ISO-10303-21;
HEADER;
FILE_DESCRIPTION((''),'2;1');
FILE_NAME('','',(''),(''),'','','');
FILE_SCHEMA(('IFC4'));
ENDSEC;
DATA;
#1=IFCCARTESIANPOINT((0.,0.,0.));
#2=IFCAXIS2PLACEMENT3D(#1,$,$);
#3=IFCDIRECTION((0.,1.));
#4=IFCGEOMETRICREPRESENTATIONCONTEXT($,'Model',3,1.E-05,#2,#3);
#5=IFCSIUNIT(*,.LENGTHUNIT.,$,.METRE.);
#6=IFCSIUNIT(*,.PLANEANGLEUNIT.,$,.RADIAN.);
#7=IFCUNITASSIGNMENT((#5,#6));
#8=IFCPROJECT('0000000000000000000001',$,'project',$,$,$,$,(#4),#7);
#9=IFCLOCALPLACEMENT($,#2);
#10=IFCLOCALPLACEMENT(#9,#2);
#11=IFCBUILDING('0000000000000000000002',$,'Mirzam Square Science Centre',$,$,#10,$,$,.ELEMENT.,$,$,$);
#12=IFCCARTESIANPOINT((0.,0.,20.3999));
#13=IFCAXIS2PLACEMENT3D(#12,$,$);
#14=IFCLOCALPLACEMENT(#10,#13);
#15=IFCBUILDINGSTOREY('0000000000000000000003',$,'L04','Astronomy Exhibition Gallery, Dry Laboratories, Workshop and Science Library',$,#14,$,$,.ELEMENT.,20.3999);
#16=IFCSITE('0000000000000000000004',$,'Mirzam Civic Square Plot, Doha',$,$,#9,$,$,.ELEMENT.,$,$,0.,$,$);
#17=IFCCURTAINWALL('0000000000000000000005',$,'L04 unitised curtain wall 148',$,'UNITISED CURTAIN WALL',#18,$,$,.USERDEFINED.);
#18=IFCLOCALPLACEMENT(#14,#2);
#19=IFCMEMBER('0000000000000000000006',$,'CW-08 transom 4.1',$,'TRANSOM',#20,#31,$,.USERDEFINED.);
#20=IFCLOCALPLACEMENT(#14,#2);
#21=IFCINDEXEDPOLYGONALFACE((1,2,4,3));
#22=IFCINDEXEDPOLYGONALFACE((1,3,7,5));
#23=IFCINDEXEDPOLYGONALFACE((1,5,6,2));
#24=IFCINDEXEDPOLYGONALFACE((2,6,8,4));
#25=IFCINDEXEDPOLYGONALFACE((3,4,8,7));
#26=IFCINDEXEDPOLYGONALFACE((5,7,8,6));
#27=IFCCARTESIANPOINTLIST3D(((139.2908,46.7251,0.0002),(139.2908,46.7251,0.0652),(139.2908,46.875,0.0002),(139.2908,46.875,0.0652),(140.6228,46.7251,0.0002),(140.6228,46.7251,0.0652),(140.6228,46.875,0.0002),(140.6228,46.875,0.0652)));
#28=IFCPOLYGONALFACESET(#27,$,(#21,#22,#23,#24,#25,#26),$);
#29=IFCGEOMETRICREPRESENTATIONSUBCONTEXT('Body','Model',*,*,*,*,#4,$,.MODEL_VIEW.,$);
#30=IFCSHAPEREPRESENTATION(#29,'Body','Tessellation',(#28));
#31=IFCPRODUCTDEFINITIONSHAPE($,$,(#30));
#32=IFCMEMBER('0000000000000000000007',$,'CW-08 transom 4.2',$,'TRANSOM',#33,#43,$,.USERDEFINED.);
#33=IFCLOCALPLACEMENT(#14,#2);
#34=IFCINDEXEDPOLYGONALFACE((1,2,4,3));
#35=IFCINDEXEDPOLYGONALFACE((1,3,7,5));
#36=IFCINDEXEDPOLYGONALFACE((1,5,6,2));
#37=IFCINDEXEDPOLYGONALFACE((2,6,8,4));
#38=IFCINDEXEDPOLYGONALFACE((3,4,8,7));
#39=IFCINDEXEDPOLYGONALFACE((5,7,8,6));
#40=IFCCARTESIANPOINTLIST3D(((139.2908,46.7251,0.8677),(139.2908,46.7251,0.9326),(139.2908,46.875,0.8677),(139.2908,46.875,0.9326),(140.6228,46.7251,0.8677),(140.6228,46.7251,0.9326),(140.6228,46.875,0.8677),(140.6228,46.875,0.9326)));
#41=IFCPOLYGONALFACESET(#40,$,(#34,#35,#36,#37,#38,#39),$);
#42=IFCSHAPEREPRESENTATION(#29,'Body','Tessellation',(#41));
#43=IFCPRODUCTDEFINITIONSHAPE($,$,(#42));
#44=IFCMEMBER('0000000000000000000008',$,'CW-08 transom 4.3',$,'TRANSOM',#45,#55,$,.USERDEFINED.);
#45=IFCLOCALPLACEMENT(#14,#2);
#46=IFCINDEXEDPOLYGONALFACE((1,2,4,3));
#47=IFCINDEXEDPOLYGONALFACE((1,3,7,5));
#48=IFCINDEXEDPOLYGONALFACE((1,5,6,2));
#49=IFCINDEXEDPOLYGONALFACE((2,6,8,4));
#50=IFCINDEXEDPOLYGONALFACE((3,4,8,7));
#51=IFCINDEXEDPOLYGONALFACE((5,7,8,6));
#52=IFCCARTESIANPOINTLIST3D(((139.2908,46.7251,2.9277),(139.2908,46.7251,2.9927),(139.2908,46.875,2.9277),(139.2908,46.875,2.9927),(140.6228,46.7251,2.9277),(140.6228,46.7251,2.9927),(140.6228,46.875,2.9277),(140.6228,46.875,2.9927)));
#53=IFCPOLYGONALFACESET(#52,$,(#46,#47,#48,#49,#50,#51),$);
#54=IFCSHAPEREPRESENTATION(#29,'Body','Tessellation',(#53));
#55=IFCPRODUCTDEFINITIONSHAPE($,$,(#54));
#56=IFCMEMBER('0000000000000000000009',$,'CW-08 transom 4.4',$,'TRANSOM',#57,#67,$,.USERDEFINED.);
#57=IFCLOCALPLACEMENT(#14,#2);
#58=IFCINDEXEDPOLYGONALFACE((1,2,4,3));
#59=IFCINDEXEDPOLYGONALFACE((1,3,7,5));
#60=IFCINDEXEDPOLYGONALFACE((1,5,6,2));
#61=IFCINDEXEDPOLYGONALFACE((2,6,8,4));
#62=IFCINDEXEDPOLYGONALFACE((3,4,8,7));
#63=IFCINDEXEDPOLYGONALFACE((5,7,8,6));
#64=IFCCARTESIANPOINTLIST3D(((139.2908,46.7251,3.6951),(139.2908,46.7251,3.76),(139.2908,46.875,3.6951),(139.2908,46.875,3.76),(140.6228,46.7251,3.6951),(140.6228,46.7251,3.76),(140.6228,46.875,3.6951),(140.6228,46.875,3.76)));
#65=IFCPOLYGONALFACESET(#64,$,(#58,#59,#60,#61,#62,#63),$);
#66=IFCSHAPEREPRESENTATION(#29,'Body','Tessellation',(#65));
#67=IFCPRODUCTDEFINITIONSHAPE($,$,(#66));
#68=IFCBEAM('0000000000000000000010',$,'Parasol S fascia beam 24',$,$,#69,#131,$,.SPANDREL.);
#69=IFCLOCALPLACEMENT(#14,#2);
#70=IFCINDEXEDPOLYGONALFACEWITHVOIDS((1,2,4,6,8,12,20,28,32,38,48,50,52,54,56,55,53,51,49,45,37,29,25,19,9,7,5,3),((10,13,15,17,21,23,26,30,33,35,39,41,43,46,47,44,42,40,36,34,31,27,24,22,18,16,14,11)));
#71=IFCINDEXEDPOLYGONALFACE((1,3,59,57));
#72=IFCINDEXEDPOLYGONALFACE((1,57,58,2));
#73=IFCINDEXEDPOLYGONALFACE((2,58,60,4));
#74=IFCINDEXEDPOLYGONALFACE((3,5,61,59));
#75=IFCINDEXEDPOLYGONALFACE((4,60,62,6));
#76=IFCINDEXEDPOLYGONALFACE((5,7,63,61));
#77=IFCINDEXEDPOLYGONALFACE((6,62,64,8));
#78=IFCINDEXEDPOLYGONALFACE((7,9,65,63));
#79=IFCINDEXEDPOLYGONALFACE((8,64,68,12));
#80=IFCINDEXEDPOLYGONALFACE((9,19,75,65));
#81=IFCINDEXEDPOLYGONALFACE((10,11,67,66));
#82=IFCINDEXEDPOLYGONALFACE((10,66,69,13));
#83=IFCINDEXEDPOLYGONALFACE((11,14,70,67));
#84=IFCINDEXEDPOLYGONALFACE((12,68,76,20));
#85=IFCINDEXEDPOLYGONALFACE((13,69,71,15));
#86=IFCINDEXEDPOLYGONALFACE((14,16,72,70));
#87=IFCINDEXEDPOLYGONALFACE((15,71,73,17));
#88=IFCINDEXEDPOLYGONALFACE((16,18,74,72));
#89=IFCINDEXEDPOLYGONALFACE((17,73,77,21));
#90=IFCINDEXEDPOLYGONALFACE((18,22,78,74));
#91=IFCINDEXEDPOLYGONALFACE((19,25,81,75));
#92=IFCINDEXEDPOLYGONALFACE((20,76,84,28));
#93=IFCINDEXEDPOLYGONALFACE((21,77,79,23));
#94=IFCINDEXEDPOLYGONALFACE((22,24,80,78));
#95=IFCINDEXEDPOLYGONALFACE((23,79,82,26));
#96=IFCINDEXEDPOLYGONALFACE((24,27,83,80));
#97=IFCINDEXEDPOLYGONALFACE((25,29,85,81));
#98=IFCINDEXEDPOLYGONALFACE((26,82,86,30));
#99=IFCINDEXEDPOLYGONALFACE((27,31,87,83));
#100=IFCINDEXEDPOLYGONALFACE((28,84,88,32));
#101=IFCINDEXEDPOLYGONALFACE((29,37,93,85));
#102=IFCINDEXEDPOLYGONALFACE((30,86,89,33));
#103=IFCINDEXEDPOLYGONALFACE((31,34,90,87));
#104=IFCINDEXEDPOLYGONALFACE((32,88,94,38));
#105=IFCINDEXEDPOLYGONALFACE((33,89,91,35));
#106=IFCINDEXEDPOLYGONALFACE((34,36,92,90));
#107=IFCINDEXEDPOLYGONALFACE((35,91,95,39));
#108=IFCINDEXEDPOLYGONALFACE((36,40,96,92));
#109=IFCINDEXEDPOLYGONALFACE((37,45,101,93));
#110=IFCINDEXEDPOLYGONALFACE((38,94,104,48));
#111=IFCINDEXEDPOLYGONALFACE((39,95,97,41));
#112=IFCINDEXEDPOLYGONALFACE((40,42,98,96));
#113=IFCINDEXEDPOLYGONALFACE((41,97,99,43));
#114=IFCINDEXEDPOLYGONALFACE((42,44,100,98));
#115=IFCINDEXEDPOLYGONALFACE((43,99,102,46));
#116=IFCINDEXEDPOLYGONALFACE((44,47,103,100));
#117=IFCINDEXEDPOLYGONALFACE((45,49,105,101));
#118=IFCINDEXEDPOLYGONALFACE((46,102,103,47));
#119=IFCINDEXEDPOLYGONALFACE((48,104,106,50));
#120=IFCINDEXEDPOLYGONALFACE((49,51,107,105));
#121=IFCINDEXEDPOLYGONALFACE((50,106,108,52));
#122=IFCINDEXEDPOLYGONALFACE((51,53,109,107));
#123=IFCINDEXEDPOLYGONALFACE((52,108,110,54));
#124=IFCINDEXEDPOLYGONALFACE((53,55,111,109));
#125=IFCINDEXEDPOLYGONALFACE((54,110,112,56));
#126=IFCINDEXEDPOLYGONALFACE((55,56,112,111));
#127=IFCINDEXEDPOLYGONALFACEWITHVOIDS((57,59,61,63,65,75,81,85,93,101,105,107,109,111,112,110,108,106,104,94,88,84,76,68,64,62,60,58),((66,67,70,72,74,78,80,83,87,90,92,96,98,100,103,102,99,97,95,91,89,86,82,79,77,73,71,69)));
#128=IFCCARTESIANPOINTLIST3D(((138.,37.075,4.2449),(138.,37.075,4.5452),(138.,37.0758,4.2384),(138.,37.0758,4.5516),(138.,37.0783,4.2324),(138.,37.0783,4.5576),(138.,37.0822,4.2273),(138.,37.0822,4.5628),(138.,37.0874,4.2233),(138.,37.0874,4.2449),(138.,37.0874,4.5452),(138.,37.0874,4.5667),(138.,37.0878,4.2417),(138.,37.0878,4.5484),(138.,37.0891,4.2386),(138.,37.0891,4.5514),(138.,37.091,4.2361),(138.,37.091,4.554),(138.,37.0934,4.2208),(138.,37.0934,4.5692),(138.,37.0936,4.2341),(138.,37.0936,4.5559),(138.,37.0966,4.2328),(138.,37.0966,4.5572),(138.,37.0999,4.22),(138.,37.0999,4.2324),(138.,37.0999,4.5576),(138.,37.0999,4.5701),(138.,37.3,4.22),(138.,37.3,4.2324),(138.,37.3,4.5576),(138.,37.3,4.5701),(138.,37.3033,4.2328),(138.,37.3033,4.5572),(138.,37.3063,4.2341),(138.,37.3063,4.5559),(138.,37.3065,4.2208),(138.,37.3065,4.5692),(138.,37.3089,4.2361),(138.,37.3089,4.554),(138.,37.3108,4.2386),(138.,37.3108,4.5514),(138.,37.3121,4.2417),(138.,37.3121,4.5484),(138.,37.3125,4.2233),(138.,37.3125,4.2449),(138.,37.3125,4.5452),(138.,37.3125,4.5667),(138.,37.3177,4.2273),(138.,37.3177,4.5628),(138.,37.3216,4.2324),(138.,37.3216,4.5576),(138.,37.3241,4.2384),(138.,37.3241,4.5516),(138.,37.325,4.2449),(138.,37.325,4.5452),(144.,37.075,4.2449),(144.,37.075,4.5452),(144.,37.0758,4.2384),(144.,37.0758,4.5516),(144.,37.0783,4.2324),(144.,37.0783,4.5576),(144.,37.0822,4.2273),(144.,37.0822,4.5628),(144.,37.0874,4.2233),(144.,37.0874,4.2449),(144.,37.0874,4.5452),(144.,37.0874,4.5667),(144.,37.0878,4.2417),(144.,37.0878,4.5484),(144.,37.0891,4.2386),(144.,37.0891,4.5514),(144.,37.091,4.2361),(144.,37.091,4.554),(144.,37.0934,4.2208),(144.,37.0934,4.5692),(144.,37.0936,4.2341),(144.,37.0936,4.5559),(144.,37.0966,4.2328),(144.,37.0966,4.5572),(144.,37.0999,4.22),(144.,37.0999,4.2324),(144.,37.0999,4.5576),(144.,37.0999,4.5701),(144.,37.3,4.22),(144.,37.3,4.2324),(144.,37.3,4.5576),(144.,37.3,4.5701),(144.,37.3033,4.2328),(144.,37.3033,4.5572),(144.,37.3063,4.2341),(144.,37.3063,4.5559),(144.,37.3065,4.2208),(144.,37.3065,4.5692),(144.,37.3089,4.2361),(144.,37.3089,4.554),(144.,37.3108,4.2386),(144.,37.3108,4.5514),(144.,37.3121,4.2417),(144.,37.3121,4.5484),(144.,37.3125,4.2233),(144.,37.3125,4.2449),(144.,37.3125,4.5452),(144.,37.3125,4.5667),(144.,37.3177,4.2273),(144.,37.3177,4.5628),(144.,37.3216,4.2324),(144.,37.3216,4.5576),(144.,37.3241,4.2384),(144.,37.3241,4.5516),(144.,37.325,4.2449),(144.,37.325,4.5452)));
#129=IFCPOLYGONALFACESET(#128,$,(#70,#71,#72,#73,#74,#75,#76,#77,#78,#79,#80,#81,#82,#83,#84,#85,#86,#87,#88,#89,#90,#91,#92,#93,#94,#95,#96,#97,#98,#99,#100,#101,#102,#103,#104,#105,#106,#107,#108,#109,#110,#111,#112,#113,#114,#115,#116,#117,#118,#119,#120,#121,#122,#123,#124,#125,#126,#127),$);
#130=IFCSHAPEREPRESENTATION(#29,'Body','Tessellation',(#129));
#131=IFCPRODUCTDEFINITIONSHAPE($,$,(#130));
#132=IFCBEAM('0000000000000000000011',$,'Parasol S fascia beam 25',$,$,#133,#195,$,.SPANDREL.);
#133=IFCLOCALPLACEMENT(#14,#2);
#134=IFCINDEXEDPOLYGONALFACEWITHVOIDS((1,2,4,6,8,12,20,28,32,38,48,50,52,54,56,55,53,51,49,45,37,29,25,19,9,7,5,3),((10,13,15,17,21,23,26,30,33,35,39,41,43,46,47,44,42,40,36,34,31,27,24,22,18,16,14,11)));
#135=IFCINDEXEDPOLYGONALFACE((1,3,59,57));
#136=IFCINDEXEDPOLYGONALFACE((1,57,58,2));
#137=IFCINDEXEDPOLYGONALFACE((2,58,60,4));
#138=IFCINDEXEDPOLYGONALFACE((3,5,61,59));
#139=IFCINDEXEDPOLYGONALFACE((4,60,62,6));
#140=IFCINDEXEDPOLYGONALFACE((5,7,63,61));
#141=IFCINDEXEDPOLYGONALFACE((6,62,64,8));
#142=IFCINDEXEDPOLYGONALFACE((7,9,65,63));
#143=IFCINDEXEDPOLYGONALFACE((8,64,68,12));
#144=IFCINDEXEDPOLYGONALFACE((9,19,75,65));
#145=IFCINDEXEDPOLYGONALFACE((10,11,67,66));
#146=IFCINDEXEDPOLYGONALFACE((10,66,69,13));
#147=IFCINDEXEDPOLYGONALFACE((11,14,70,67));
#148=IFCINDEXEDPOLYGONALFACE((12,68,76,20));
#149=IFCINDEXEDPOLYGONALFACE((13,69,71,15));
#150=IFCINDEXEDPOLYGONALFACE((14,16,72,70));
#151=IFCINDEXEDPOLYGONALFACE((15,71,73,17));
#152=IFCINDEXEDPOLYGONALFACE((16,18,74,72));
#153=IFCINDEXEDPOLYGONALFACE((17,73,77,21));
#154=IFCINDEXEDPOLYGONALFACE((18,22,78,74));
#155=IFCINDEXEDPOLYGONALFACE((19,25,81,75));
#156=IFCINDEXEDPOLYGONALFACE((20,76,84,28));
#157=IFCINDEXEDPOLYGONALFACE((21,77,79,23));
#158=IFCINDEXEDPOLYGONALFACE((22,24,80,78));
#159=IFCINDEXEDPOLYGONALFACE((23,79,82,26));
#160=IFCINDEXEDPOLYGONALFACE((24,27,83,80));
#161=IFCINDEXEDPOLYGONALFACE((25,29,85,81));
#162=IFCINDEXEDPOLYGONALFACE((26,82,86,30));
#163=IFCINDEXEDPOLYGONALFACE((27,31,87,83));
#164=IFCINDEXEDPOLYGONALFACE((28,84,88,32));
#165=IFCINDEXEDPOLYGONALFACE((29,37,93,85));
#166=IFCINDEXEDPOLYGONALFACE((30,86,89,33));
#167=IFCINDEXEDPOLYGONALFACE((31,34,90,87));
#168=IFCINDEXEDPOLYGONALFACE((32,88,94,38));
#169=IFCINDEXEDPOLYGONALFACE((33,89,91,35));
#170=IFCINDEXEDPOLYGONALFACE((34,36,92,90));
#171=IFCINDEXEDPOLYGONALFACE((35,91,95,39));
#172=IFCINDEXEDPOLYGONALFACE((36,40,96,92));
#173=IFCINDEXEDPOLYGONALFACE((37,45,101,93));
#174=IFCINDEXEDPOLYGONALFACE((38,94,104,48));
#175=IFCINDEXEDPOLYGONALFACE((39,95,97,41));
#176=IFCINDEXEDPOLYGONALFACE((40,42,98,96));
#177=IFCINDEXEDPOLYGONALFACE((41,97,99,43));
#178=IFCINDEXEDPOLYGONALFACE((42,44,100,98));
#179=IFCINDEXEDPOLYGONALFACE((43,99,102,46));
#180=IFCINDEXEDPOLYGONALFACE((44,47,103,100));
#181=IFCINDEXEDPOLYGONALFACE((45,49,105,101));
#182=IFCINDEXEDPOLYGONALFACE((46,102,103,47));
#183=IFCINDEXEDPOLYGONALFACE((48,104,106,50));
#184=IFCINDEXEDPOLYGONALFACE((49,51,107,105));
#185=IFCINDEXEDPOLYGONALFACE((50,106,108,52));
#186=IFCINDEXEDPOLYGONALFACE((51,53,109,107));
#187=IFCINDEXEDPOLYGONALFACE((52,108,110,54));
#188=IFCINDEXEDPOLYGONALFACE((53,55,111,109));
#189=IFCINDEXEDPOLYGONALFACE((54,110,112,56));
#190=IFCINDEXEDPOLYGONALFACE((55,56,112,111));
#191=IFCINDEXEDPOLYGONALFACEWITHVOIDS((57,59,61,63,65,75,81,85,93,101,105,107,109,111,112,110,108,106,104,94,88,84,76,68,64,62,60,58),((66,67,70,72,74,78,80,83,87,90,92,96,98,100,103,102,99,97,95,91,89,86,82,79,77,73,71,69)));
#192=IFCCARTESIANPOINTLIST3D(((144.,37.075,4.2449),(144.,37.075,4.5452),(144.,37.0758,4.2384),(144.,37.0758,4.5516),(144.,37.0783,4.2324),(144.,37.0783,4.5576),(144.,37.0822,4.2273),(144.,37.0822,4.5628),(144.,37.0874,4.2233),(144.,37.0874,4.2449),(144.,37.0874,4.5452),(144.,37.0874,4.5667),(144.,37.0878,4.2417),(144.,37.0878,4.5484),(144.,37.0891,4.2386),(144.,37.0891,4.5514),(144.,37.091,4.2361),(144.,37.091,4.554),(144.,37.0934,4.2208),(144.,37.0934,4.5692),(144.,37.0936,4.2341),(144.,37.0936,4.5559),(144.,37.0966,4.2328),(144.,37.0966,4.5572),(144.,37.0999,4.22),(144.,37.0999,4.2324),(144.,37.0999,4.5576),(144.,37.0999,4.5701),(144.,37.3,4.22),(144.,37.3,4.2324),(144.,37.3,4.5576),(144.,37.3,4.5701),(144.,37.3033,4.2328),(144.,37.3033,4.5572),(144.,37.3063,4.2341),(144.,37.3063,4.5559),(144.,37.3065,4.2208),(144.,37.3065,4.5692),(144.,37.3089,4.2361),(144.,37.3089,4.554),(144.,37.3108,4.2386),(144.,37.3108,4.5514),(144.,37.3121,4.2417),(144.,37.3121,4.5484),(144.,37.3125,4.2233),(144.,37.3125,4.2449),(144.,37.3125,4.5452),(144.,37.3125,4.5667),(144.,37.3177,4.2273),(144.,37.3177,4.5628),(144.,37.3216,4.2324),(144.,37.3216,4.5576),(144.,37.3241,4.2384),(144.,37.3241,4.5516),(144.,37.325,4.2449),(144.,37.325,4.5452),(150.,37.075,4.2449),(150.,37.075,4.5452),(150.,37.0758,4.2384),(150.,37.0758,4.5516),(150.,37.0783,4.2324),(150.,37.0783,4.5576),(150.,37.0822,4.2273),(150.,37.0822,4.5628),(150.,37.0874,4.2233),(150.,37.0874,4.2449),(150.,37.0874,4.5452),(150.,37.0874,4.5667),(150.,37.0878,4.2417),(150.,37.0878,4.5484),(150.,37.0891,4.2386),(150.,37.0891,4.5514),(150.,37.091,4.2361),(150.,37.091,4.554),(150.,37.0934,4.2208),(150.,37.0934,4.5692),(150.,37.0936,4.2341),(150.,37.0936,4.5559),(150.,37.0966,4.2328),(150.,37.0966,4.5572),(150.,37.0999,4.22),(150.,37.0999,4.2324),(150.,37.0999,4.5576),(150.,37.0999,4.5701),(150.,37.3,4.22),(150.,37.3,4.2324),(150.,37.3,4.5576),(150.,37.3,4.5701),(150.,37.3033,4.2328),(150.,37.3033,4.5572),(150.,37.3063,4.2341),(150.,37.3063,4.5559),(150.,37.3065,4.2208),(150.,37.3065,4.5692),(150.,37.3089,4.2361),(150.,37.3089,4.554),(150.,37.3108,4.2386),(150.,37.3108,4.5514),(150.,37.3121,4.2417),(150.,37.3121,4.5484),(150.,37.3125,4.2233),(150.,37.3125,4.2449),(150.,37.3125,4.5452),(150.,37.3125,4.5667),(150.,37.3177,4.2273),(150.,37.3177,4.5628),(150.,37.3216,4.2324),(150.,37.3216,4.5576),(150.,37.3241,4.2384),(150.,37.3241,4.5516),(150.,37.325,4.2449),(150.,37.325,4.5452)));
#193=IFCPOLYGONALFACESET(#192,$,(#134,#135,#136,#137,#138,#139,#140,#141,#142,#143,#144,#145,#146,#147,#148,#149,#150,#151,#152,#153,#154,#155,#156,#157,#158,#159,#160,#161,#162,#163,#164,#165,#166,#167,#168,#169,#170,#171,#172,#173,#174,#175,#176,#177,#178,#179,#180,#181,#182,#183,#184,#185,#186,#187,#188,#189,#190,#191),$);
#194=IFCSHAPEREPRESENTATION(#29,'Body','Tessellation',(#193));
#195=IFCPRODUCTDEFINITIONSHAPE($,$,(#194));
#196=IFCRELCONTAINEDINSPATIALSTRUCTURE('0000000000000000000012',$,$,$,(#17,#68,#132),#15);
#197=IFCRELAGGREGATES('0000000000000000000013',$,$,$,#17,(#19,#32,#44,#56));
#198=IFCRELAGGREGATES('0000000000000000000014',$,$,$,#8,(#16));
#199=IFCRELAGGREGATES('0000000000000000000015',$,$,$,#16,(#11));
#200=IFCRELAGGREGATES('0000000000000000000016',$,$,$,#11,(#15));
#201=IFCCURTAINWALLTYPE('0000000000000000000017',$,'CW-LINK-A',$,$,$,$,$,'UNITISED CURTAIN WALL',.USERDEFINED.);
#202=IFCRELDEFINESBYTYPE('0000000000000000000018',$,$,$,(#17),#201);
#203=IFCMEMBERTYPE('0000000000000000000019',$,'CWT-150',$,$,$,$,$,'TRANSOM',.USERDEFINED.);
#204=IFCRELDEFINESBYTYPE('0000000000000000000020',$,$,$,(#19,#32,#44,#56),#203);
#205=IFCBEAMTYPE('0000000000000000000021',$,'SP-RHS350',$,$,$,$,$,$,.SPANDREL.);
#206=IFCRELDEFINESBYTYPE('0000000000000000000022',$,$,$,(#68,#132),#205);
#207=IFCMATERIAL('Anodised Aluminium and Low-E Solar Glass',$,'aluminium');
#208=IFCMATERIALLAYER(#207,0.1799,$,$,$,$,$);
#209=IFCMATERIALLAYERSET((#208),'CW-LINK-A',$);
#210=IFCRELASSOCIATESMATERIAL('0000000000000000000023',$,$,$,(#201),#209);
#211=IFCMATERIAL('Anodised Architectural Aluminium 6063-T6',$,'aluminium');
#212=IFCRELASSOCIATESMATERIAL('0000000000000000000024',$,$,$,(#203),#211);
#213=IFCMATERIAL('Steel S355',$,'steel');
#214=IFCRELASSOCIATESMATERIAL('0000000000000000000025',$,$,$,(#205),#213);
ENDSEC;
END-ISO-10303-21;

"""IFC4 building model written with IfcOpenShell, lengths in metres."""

from ifc_helpers import new_model, si_unit, direction, frame, origin, origin_2d, place, context, subcontext, project, spatial, rectangle, hollow_rectangle, extrude, material, layer, layer_set, material_profile, profile_set, type_object, element, aggregate, save


model = new_model("IFC4")

# Units and contexts
model_context = context("Model", 3, precision=1e-05, world=origin(), true_north=direction((0.0, 1.0)))
body_context = subcontext(model_context, "Body", "Model", "MODEL_VIEW")
ifc_project = project(units=[si_unit("LENGTHUNIT", "METRE"), si_unit("PLANEANGLEUNIT", "RADIAN")], contexts=[model_context])

# Site, building, storey
site_placement = place(None, origin())
site = spatial("IfcSite", under=ifc_project, at=site_placement, Name="Mirzam Civic Square Plot, Doha", CompositionType="ELEMENT", RefElevation=0.0)
building_placement = place(site_placement, origin())
building = spatial("IfcBuilding", under=site, at=building_placement, Name="Mirzam Square Science Centre", CompositionType="ELEMENT")
storey_placement = place(building_placement, frame((0.0, 0.0, 20.3999)))
storey = spatial("IfcBuildingStorey", under=building, at=storey_placement, Name="L04", Description="Astronomy Exhibition Gallery, Dry Laboratories, Workshop and Science Library", CompositionType="ELEMENT", Elevation=20.3999)

# Shared definitions
ifc_material_1 = material(Name="Steel S355", Category="steel")

# Shared definitions
ifc_material_2 = material(Name="Anodised Aluminium and Low-E Solar Glass", Category="aluminium")
ifc_material_3 = material(Name="Anodised Architectural Aluminium 6063-T6", Category="aluminium")

# Curtain wall, members
ifc_layer_1 = layer(ifc_material_2, 0.1799)
ifc_layer_set_1 = layer_set([ifc_layer_1], Name="CW-LINK-A")
curtain_wall_type_1 = type_object("IfcCurtainWallType", Name="CW-LINK-A", ElementType="UNITISED CURTAIN WALL", PredefinedType="USERDEFINED", material=ifc_layer_set_1)
curtain_wall_1_placement = place(storey_placement, origin())
curtain_wall_1 = element("IfcCurtainWall", 1, at=curtain_wall_1_placement, inside=storey, type_object=curtain_wall_type_1, Name="L04 unitised curtain wall 148", ObjectType="UNITISED CURTAIN WALL", PredefinedType="USERDEFINED")
ifc_material_profile_1 = material_profile(ifc_material_3, rectangle(XDim=0.1499, YDim=0.0649, at=origin_2d()), Name="ALU-TRAN-150x65x4")
ifc_profile_set_1 = profile_set([ifc_material_profile_1], Name="Anodised Architectural Aluminium 6063-T6")
member_type_1 = type_object("IfcMemberType", Name="CWT-150", ElementType="TRANSOM", PredefinedType="USERDEFINED", material=ifc_profile_set_1)
member_1_placement = place(storey_placement, frame((139.2908, 46.8, 0.0327), z_axis=(1.0, 0.0, 0.0), x_axis=(0.0, 1.0, 0.0)))
member_1 = element("IfcMember", 2, at=member_1_placement, type_object=member_type_1, Name="CW-08 transom 4.1", ObjectType="TRANSOM", PredefinedType="USERDEFINED", context=body_context, shape_type="SweptSolid", body=[
    extrude(rectangle(XDim=0.1499, YDim=0.0649, at=origin_2d()), origin(), (0.0, 0.0, 1.0), 1.332),
])
member_2_placement = place(storey_placement, frame((139.2908, 46.8, 0.9001), z_axis=(1.0, 0.0, 0.0), x_axis=(0.0, 1.0, 0.0)))
member_2 = element("IfcMember", 3, at=member_2_placement, type_object=member_type_1, Name="CW-08 transom 4.2", ObjectType="TRANSOM", PredefinedType="USERDEFINED", context=body_context, shape_type="SweptSolid", body=[
    extrude(rectangle(XDim=0.1499, YDim=0.0649, at=origin_2d()), origin(), (0.0, 0.0, 1.0), 1.332),
])
member_3_placement = place(storey_placement, frame((139.2908, 46.8, 2.9602), z_axis=(1.0, 0.0, 0.0), x_axis=(0.0, 1.0, 0.0)))
member_3 = element("IfcMember", 4, at=member_3_placement, type_object=member_type_1, Name="CW-08 transom 4.3", ObjectType="TRANSOM", PredefinedType="USERDEFINED", context=body_context, shape_type="SweptSolid", body=[
    extrude(rectangle(XDim=0.1499, YDim=0.0649, at=origin_2d()), origin(), (0.0, 0.0, 1.0), 1.332),
])
member_4_placement = place(storey_placement, frame((139.2908, 46.8, 3.7275), z_axis=(1.0, 0.0, 0.0), x_axis=(0.0, 1.0, 0.0)))
member_4 = element("IfcMember", 5, at=member_4_placement, type_object=member_type_1, Name="CW-08 transom 4.4", ObjectType="TRANSOM", PredefinedType="USERDEFINED", context=body_context, shape_type="SweptSolid", body=[
    extrude(rectangle(XDim=0.1499, YDim=0.0649, at=origin_2d()), origin(), (0.0, 0.0, 1.0), 1.332),
])

# Beams
ifc_material_profile_2 = material_profile(ifc_material_1, hollow_rectangle(XDim=0.25, YDim=0.3501, WallThickness=0.0125, InnerFilletRadius=0.0125, OuterFilletRadius=0.0249, at=origin_2d()), Name="350x250x12.5RHS")
ifc_profile_set_2 = profile_set([ifc_material_profile_2], Name="Steel S355")
beam_type_1 = type_object("IfcBeamType", Name="SP-RHS350", PredefinedType="SPANDREL", material=ifc_profile_set_2)
for number, where, z_axis, x_axis, name in (
    (6, (138.0, 37.2, 4.395), (1.0, 0.0, 0.0), (0.0, 1.0, 0.0), "Parasol S fascia beam 24"),
    (7, (144.0, 37.2, 4.395), (1.0, 0.0, 0.0), (0.0, 1.0, 0.0), "Parasol S fascia beam 25"),
):
    element("IfcBeam", number, at=place(storey_placement, frame(where, z_axis=z_axis, x_axis=x_axis)), inside=storey, type_object=beam_type_1, Name=name, PredefinedType="SPANDREL", context=body_context, shape_type="SweptSolid", body=[
        extrude(hollow_rectangle(XDim=0.25, YDim=0.3501, WallThickness=0.0125, InnerFilletRadius=0.0125, OuterFilletRadius=0.0249, at=origin_2d()), origin(), (0.0, 0.0, 1.0), 6.0),
    ])

aggregate(curtain_wall_1, [member_1, member_2, member_3, member_4])

save(model, "model.ifc")
